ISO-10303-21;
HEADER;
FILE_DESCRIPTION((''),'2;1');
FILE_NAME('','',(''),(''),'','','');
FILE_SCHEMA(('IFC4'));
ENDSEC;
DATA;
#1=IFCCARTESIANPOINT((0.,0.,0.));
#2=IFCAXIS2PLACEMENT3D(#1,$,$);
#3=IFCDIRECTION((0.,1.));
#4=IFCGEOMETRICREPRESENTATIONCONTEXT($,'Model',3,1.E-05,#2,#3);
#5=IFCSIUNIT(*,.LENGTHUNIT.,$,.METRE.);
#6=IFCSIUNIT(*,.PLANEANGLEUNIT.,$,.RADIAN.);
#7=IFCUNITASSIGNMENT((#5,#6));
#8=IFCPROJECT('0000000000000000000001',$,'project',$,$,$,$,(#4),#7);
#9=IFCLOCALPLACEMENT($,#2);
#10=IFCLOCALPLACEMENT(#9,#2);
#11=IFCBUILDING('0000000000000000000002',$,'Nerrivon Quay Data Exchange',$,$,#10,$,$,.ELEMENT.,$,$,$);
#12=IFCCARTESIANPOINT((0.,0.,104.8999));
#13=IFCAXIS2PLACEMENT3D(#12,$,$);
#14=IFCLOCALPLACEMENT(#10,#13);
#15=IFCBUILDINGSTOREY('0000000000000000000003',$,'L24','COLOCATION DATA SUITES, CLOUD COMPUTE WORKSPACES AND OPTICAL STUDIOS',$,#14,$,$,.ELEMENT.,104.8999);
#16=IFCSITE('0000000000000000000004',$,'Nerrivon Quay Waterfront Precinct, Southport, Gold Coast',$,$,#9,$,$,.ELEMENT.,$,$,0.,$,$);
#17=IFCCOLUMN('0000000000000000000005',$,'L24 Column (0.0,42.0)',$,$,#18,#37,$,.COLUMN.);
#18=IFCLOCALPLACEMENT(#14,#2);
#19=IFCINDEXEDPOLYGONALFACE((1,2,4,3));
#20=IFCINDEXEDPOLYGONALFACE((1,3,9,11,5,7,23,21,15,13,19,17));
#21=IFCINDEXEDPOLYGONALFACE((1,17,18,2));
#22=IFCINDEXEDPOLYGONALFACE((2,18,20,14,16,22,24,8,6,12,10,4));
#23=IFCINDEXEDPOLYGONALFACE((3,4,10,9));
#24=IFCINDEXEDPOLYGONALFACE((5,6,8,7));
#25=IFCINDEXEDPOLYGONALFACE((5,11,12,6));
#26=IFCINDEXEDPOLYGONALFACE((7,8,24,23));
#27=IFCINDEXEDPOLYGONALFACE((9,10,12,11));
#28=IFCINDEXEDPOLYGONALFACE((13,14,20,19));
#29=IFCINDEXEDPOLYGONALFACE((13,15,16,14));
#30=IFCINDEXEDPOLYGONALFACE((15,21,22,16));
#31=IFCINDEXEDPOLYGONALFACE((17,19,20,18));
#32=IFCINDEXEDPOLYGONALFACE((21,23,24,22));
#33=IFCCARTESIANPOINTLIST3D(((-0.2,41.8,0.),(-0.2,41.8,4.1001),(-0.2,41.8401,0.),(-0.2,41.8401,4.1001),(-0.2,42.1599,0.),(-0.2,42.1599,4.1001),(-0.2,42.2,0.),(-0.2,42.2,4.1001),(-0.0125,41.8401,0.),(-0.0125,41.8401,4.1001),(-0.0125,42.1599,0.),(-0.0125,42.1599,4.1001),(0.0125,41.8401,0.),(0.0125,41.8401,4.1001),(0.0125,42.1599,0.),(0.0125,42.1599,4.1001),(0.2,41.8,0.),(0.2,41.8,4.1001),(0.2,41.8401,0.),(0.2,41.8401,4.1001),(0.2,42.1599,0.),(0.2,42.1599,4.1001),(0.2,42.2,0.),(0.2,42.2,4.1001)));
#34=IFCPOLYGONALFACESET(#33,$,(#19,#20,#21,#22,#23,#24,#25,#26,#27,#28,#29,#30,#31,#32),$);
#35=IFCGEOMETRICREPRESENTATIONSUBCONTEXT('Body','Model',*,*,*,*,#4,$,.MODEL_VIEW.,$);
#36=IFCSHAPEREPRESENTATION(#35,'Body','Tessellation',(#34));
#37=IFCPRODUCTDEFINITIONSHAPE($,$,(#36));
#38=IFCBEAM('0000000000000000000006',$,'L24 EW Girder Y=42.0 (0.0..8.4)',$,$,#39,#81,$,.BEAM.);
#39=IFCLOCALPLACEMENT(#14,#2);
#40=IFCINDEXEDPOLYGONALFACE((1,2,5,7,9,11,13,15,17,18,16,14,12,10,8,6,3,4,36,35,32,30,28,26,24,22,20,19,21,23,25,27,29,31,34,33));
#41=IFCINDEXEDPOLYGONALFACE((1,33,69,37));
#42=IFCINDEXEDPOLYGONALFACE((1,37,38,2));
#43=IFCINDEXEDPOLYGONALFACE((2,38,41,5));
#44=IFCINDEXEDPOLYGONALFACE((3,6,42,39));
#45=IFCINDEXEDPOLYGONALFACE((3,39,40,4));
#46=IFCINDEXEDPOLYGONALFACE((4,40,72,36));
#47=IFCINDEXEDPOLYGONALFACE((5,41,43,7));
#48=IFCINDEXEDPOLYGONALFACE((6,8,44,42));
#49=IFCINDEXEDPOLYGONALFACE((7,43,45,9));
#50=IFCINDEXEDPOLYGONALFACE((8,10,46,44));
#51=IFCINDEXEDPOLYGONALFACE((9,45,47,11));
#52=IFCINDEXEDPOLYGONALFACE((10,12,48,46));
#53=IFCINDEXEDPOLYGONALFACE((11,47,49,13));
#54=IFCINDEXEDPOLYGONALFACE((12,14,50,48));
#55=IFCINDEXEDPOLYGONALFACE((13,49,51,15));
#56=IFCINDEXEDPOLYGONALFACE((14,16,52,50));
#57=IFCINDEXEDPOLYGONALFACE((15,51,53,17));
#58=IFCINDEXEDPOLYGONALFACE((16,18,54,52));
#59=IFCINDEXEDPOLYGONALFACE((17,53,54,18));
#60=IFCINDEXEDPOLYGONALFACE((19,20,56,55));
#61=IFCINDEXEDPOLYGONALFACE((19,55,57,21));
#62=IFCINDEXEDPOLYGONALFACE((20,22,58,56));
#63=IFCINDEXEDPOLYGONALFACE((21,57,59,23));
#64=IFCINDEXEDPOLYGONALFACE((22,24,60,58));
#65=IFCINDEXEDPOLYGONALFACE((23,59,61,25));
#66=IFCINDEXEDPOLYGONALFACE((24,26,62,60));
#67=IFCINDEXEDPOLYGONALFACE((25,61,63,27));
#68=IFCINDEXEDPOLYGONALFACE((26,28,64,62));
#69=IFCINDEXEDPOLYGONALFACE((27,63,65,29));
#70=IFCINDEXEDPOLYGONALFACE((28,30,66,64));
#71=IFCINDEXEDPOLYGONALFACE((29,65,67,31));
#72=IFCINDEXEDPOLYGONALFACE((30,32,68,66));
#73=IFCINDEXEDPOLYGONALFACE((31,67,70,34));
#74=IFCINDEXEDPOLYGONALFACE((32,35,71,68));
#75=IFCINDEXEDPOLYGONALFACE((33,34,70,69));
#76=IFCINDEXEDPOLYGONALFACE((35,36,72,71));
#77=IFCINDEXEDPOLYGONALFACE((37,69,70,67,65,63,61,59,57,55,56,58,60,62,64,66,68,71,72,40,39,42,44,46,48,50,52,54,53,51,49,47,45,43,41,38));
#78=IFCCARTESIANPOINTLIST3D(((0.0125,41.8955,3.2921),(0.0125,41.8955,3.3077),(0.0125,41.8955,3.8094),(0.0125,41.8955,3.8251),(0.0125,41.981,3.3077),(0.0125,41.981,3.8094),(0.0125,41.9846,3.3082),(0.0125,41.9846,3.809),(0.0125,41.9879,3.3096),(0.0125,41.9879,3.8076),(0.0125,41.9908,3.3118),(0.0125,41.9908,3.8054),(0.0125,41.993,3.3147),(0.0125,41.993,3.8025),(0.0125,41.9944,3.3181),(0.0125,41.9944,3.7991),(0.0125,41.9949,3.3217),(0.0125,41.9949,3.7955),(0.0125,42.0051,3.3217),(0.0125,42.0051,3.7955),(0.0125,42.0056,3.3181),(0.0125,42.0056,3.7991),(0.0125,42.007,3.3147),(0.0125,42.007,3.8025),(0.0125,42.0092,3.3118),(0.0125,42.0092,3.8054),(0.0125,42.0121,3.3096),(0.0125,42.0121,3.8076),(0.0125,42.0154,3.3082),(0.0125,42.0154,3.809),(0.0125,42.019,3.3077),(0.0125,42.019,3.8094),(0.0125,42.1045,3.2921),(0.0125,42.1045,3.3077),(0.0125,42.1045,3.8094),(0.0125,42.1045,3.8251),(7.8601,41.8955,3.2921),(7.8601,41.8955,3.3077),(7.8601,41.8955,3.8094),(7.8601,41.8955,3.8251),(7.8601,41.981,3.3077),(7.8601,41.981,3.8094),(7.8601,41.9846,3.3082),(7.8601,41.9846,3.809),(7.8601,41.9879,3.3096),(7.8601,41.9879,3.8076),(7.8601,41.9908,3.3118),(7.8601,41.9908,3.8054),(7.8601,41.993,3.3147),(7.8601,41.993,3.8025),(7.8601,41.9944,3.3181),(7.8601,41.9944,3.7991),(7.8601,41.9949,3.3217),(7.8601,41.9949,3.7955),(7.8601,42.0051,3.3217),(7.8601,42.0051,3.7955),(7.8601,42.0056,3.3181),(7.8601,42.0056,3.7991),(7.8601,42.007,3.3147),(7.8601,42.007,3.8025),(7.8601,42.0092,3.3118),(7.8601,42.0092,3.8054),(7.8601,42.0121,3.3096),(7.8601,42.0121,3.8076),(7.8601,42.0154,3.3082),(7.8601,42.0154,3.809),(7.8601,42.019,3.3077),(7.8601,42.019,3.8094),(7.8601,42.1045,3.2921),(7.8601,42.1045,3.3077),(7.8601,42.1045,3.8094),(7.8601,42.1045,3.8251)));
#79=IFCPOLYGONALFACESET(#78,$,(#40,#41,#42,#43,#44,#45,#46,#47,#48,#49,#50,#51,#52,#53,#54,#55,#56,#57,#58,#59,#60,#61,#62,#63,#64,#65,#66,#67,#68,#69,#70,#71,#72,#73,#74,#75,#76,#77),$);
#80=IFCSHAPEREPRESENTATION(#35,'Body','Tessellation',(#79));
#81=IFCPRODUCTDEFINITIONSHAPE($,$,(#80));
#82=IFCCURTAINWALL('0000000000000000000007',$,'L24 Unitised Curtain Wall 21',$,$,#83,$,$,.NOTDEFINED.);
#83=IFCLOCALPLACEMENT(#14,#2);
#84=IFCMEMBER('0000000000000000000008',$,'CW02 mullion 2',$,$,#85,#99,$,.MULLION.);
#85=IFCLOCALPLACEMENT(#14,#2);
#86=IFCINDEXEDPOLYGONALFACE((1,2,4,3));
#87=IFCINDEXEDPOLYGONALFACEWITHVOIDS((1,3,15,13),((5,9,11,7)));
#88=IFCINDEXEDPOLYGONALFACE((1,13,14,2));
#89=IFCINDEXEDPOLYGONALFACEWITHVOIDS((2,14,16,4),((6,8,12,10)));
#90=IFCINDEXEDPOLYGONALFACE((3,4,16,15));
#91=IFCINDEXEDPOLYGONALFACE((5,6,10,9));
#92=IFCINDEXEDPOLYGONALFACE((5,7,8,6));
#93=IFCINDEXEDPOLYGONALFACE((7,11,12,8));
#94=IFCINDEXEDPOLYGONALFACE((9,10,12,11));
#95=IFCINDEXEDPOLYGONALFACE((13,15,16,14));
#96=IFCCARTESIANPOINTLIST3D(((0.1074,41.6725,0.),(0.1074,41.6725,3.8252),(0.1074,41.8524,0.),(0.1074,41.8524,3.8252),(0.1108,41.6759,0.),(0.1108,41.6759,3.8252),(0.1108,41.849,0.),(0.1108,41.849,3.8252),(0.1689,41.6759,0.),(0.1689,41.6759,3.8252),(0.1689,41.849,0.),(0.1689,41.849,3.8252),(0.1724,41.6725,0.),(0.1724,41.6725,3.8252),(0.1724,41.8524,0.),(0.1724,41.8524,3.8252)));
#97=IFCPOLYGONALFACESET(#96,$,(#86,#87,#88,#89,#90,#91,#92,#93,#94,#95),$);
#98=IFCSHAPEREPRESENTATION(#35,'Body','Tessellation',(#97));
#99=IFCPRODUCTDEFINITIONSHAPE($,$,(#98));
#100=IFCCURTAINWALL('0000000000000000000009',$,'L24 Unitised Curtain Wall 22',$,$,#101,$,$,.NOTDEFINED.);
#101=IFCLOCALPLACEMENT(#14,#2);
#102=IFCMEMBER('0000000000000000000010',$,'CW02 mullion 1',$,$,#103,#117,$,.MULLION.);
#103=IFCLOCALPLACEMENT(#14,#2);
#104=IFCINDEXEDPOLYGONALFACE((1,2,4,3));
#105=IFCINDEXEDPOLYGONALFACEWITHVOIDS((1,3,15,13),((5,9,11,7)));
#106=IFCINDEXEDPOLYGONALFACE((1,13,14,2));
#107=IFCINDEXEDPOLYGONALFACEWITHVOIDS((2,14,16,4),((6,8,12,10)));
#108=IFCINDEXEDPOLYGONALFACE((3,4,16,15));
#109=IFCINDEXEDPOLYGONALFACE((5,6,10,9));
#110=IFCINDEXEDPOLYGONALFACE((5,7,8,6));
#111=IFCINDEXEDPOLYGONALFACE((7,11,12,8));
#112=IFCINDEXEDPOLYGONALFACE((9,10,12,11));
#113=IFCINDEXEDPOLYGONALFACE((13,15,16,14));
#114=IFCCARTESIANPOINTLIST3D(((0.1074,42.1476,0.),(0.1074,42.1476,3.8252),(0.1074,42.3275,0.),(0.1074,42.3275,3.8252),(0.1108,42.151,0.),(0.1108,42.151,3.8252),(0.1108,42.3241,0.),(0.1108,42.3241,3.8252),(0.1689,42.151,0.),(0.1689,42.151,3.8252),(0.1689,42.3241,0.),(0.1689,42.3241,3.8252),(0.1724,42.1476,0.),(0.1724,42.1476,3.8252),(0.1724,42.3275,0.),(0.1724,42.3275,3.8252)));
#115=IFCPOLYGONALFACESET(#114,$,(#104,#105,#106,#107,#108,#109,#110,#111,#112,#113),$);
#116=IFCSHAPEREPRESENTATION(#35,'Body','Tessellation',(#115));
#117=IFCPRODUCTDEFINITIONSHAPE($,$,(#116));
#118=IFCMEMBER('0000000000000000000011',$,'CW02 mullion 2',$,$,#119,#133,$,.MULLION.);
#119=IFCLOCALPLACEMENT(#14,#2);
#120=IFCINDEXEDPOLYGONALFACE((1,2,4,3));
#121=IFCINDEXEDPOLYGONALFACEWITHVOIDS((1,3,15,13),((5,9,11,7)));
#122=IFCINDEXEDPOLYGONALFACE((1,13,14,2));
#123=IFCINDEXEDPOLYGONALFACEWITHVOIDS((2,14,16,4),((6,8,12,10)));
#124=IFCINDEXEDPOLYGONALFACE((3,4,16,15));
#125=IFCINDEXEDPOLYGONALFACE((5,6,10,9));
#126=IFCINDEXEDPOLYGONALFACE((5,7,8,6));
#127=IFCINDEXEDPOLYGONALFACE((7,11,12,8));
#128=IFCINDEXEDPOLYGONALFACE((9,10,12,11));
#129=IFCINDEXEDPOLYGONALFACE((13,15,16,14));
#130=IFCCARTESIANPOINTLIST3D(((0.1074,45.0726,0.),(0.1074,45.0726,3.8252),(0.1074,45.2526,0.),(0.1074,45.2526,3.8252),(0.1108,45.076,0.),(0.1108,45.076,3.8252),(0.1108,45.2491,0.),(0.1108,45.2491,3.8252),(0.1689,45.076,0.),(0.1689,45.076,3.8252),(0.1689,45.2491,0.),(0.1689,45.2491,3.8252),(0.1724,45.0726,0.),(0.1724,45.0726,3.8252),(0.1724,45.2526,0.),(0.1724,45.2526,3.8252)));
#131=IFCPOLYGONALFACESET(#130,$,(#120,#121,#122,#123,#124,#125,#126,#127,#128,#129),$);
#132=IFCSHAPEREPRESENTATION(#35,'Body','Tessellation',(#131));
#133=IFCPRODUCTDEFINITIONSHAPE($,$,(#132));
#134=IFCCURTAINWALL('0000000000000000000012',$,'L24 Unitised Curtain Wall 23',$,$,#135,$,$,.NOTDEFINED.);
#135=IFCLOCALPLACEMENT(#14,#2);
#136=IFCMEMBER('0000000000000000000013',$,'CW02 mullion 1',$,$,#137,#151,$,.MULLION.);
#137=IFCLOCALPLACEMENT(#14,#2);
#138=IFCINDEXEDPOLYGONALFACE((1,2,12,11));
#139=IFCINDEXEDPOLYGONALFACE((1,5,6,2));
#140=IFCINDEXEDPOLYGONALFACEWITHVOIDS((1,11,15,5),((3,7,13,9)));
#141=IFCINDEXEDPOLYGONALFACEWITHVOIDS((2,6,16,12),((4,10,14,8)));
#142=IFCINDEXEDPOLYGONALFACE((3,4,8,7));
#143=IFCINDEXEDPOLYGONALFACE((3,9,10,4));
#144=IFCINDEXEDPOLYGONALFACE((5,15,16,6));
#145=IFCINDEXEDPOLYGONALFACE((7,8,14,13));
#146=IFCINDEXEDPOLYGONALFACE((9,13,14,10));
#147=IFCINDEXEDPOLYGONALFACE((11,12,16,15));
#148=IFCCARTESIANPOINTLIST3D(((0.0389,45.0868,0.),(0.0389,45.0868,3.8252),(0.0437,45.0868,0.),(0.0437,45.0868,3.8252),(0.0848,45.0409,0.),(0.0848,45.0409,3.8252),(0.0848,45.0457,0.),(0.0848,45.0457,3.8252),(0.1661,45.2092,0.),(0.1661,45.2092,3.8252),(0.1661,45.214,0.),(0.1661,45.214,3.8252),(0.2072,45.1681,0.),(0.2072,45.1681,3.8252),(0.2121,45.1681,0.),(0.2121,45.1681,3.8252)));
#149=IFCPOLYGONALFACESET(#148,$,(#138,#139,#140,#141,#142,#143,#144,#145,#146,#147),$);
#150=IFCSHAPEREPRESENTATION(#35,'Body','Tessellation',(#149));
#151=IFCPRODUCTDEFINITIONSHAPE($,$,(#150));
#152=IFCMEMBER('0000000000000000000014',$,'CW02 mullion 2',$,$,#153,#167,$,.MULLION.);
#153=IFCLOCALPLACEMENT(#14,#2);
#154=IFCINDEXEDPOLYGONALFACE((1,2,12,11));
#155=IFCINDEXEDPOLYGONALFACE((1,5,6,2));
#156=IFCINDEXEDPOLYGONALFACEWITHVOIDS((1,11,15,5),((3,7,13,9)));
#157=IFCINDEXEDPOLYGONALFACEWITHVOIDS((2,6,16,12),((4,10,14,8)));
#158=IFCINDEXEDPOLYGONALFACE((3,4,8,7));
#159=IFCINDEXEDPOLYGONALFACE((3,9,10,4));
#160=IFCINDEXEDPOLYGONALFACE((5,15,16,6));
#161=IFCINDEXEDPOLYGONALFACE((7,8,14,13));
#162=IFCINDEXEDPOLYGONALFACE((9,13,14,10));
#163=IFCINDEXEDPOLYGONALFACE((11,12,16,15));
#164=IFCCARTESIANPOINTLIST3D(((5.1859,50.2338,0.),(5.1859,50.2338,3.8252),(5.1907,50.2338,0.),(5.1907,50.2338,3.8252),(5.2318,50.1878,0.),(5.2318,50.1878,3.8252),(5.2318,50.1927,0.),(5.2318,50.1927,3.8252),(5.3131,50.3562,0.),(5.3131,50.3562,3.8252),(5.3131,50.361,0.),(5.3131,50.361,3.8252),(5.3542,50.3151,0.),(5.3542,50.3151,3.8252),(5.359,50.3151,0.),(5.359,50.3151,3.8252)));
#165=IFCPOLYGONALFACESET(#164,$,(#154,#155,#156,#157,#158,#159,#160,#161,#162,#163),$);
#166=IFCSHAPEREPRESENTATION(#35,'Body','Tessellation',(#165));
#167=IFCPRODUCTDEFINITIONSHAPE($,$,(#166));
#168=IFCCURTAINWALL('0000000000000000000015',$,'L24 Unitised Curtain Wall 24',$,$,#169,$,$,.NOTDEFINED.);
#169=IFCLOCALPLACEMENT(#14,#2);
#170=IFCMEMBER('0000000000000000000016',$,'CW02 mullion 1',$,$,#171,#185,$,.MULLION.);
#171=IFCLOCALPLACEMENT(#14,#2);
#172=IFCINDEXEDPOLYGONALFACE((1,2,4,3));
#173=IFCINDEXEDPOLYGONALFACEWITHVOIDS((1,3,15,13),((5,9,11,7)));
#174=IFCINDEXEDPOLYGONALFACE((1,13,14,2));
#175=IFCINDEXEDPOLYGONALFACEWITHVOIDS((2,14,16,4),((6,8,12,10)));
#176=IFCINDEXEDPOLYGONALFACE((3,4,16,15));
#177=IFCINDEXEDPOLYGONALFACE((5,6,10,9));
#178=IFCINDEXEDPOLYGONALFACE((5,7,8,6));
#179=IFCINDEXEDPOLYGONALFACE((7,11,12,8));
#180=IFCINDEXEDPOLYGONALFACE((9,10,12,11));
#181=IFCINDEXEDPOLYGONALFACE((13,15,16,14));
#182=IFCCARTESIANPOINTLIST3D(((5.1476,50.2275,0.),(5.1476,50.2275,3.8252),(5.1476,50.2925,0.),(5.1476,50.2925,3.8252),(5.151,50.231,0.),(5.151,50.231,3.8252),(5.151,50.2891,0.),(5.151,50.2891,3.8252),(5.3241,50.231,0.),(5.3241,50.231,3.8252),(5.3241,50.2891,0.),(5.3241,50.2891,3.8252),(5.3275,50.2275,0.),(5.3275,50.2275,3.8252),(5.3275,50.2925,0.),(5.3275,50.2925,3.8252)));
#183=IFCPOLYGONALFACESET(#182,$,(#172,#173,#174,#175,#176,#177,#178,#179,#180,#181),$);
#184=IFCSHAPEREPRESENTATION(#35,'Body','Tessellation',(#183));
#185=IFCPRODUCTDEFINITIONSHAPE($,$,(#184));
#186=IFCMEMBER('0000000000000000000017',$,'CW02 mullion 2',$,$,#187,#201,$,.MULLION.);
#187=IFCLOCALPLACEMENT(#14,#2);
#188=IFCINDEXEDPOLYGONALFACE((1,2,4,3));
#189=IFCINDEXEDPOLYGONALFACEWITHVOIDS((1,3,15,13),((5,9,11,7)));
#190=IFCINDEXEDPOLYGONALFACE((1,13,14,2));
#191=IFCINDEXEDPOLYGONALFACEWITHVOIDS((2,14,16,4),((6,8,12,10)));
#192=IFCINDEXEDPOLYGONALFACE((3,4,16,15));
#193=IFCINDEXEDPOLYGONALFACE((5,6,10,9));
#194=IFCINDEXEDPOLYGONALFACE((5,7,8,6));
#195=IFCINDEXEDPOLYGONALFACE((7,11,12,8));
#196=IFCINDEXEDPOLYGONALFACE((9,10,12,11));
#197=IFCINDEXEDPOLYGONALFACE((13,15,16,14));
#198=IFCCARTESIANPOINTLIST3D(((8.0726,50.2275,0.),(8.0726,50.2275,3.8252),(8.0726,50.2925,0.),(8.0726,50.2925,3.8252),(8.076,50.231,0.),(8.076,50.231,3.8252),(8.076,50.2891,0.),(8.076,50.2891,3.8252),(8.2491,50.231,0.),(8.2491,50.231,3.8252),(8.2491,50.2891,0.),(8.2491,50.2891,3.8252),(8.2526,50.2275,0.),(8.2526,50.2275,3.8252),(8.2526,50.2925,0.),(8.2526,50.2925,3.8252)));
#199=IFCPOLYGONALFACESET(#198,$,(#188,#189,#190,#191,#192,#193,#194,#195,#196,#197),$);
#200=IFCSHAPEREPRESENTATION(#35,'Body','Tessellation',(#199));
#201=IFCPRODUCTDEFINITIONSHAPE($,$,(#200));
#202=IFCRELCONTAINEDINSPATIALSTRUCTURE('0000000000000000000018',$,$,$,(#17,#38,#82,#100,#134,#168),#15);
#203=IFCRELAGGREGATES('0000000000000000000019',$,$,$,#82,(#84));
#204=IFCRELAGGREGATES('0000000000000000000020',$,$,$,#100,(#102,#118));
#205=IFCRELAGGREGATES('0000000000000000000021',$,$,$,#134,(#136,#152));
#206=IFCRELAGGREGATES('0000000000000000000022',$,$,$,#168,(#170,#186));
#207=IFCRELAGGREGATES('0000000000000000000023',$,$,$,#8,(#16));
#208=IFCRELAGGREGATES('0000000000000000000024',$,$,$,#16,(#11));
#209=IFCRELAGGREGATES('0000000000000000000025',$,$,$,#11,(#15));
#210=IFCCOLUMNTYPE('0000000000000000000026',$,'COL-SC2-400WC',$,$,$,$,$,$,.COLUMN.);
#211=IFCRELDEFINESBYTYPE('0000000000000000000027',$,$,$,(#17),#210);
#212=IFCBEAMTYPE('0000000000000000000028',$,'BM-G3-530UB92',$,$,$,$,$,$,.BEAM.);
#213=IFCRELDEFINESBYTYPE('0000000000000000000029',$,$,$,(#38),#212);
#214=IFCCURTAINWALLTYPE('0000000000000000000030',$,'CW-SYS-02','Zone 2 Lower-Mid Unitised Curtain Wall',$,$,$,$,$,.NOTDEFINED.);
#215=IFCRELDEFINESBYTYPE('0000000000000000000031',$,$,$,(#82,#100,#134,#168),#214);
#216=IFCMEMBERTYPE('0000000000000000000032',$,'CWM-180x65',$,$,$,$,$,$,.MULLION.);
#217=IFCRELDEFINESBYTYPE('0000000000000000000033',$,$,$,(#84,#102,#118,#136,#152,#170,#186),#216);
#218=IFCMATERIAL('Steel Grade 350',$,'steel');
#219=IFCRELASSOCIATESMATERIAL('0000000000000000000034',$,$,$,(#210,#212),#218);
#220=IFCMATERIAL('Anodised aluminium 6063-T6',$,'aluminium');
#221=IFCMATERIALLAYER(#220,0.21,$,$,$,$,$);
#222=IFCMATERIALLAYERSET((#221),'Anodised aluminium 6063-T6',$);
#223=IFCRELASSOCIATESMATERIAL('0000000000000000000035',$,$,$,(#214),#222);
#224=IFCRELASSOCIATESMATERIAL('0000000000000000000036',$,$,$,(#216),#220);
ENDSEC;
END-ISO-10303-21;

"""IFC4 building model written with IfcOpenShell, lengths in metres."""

from ifc_helpers import new_model, si_unit, direction, frame, origin, origin_2d, place, context, subcontext, project, spatial, hollow_rectangle, i_section, extrude, material, layer, layer_set, material_profile, profile_set, type_object, element, aggregate, save


model = new_model("IFC4")

# Units and contexts
model_context = context("Model", 3, precision=1e-05, world=origin(), true_north=direction((0.0, 1.0)))
body_context = subcontext(model_context, "Body", "Model", "MODEL_VIEW")
ifc_project = project(units=[si_unit("LENGTHUNIT", "METRE"), si_unit("PLANEANGLEUNIT", "RADIAN")], contexts=[model_context])

# Site, building, storey
site_placement = place(None, origin())
site = spatial("IfcSite", under=ifc_project, at=site_placement, Name="Nerrivon Quay Waterfront Precinct, Southport, Gold Coast", CompositionType="ELEMENT", RefElevation=0.0)
building_placement = place(site_placement, origin())
building = spatial("IfcBuilding", under=site, at=building_placement, Name="Nerrivon Quay Data Exchange", CompositionType="ELEMENT")
storey_placement = place(building_placement, frame((0.0, 0.0, 104.8999)))
storey = spatial("IfcBuildingStorey", under=building, at=storey_placement, Name="L24", Description="COLOCATION DATA SUITES, CLOUD COMPUTE WORKSPACES AND OPTICAL STUDIOS", CompositionType="ELEMENT", Elevation=104.8999)

# Column
ifc_material_1 = material(Name="Steel Grade 350", Category="steel")
ifc_material_profile_1 = material_profile(ifc_material_1, i_section(OverallWidth=0.3999, OverallDepth=0.3999, WebThickness=0.0249, FlangeThickness=0.04, at=origin_2d()), Name="400WC328")
ifc_profile_set_1 = profile_set([ifc_material_profile_1], Name="Steel Grade 350")
column_type = type_object("IfcColumnType", Name="COL-SC2-400WC", PredefinedType="COLUMN", material=ifc_profile_set_1)
column_placement = place(storey_placement, frame((0.0, 42.0, 0.0), z_axis=(0.0, 0.0, 1.0), x_axis=(1.0, 0.0, 0.0)))
element("IfcColumn", 1, at=column_placement, inside=storey, type_object=column_type, Name="L24 Column (0.0,42.0)", PredefinedType="COLUMN", context=body_context, shape_type="SweptSolid", body=[
    extrude(i_section(OverallWidth=0.3999, OverallDepth=0.3999, WebThickness=0.0249, FlangeThickness=0.04, at=origin_2d()), origin(), (0.0, 0.0, 1.0), 4.1001),
])

# Beam
ifc_material_profile_2 = material_profile(ifc_material_1, i_section(OverallWidth=0.209, OverallDepth=0.533, WebThickness=0.0103, FlangeThickness=0.0156, FilletRadius=0.0139, at=origin_2d()), Name="530UB92.4")
ifc_profile_set_2 = profile_set([ifc_material_profile_2], Name="Steel Grade 350")
beam_type = type_object("IfcBeamType", Name="BM-G3-530UB92", PredefinedType="BEAM", material=ifc_profile_set_2)
beam_placement = place(storey_placement, frame((0.0125, 42.0, 3.5586), z_axis=(1.0, 0.0, 0.0), x_axis=(0.0, 1.0, 0.0)))
element("IfcBeam", 2, at=beam_placement, inside=storey, type_object=beam_type, Name="L24 EW Girder Y=42.0 (0.0..8.4)", PredefinedType="BEAM", context=body_context, shape_type="SweptSolid", body=[
    extrude(i_section(OverallWidth=0.209, OverallDepth=0.533, WebThickness=0.0103, FlangeThickness=0.0156, FilletRadius=0.0139, at=origin_2d()), origin(), (0.0, 0.0, 1.0), 7.8477),
])

# Curtain wall, member
ifc_material_2 = material(Name="Anodised aluminium 6063-T6", Category="aluminium")
ifc_layer_1 = layer(ifc_material_2, 0.21)
ifc_layer_set_1 = layer_set([ifc_layer_1], Name="Anodised aluminium 6063-T6")
curtain_wall_type = type_object("IfcCurtainWallType", Name="CW-SYS-02", Description="Zone 2 Lower-Mid Unitised Curtain Wall", PredefinedType="NOTDEFINED", material=ifc_layer_set_1)
curtain_wall_1_placement = place(storey_placement, origin())
curtain_wall_1 = element("IfcCurtainWall", 3, at=curtain_wall_1_placement, inside=storey, type_object=curtain_wall_type, Name="L24 Unitised Curtain Wall 21", PredefinedType="NOTDEFINED")
ifc_material_profile_3 = material_profile(ifc_material_2, hollow_rectangle(XDim=0.0649, YDim=0.1799, WallThickness=0.0034, at=origin_2d()), Name="ALU-MULL-180x65")
ifc_profile_set_3 = profile_set([ifc_material_profile_3], Name="Anodised aluminium 6063-T6")
member_type_1 = type_object("IfcMemberType", Name="CWM-180x65", PredefinedType="MULLION", material=ifc_profile_set_3)
member_1_placement = place(storey_placement, frame((0.1399, 41.7625, 0.0), z_axis=(0.0, 0.0, 1.0), x_axis=(-1.0, 0.0, 0.0)))
member_1 = element("IfcMember", 4, at=member_1_placement, type_object=member_type_1, Name="CW02 mullion 2", PredefinedType="MULLION", context=body_context, shape_type="SweptSolid", body=[
    extrude(hollow_rectangle(XDim=0.0649, YDim=0.1799, WallThickness=0.0034, at=origin_2d()), origin(), (0.0, 0.0, 1.0), 3.8252),
])

# Curtain walls, members
curtain_wall_2_placement = place(storey_placement, origin())
curtain_wall_2 = element("IfcCurtainWall", 5, at=curtain_wall_2_placement, inside=storey, type_object=curtain_wall_type, Name="L24 Unitised Curtain Wall 22", PredefinedType="NOTDEFINED")
member_2_placement = place(storey_placement, frame((0.1399, 42.2375, 0.0), z_axis=(0.0, 0.0, 1.0), x_axis=(-1.0, 0.0, 0.0)))
member_2 = element("IfcMember", 6, at=member_2_placement, type_object=member_type_1, Name="CW02 mullion 1", PredefinedType="MULLION", context=body_context, shape_type="SweptSolid", body=[
    extrude(hollow_rectangle(XDim=0.0649, YDim=0.1799, WallThickness=0.0034, at=origin_2d()), origin(), (0.0, 0.0, 1.0), 3.8252),
])
member_3_placement = place(storey_placement, frame((0.1399, 45.1626, 0.0), z_axis=(0.0, 0.0, 1.0), x_axis=(-1.0, 0.0, 0.0)))
member_3 = element("IfcMember", 7, at=member_3_placement, type_object=member_type_1, Name="CW02 mullion 2", PredefinedType="MULLION", context=body_context, shape_type="SweptSolid", body=[
    extrude(hollow_rectangle(XDim=0.0649, YDim=0.1799, WallThickness=0.0034, at=origin_2d()), origin(), (0.0, 0.0, 1.0), 3.8252),
])
curtain_wall_3_placement = place(storey_placement, origin())
curtain_wall_3 = element("IfcCurtainWall", 8, at=curtain_wall_3_placement, inside=storey, type_object=curtain_wall_type, Name="L24 Unitised Curtain Wall 23", PredefinedType="NOTDEFINED")
member_4_placement = place(storey_placement, frame((0.1255, 45.1274, 0.0), z_axis=(0.0, 0.0, 1.0), x_axis=(-0.707107, 0.707107, 0.0)))
member_4 = element("IfcMember", 9, at=member_4_placement, type_object=member_type_1, Name="CW02 mullion 1", PredefinedType="MULLION", context=body_context, shape_type="SweptSolid", body=[
    extrude(hollow_rectangle(XDim=0.0649, YDim=0.1799, WallThickness=0.0034, at=origin_2d()), origin(), (0.0, 0.0, 1.0), 3.8252),
])
member_5_placement = place(storey_placement, frame((5.2725, 50.2744, 0.0), z_axis=(0.0, 0.0, 1.0), x_axis=(-0.707107, 0.707107, 0.0)))
member_5 = element("IfcMember", 10, at=member_5_placement, type_object=member_type_1, Name="CW02 mullion 2", PredefinedType="MULLION", context=body_context, shape_type="SweptSolid", body=[
    extrude(hollow_rectangle(XDim=0.0649, YDim=0.1799, WallThickness=0.0034, at=origin_2d()), origin(), (0.0, 0.0, 1.0), 3.8252),
])
curtain_wall_4_placement = place(storey_placement, origin())
curtain_wall_4 = element("IfcCurtainWall", 11, at=curtain_wall_4_placement, inside=storey, type_object=curtain_wall_type, Name="L24 Unitised Curtain Wall 24", PredefinedType="NOTDEFINED")
member_6_placement = place(storey_placement, frame((5.2375, 50.26, 0.0), z_axis=(0.0, 0.0, 1.0), x_axis=(0.0, 1.0, 0.0)))
member_6 = element("IfcMember", 12, at=member_6_placement, type_object=member_type_1, Name="CW02 mullion 1", PredefinedType="MULLION", context=body_context, shape_type="SweptSolid", body=[
    extrude(hollow_rectangle(XDim=0.0649, YDim=0.1799, WallThickness=0.0034, at=origin_2d()), origin(), (0.0, 0.0, 1.0), 3.8252),
])
member_7_placement = place(storey_placement, frame((8.1626, 50.26, 0.0), z_axis=(0.0, 0.0, 1.0), x_axis=(0.0, 1.0, 0.0)))
member_7 = element("IfcMember", 13, at=member_7_placement, type_object=member_type_1, Name="CW02 mullion 2", PredefinedType="MULLION", context=body_context, shape_type="SweptSolid", body=[
    extrude(hollow_rectangle(XDim=0.0649, YDim=0.1799, WallThickness=0.0034, at=origin_2d()), origin(), (0.0, 0.0, 1.0), 3.8252),
])

aggregate(curtain_wall_1, [member_1])
aggregate(curtain_wall_2, [member_2, member_3])
aggregate(curtain_wall_3, [member_4, member_5])
aggregate(curtain_wall_4, [member_6, member_7])

save(model, "model.ifc")
